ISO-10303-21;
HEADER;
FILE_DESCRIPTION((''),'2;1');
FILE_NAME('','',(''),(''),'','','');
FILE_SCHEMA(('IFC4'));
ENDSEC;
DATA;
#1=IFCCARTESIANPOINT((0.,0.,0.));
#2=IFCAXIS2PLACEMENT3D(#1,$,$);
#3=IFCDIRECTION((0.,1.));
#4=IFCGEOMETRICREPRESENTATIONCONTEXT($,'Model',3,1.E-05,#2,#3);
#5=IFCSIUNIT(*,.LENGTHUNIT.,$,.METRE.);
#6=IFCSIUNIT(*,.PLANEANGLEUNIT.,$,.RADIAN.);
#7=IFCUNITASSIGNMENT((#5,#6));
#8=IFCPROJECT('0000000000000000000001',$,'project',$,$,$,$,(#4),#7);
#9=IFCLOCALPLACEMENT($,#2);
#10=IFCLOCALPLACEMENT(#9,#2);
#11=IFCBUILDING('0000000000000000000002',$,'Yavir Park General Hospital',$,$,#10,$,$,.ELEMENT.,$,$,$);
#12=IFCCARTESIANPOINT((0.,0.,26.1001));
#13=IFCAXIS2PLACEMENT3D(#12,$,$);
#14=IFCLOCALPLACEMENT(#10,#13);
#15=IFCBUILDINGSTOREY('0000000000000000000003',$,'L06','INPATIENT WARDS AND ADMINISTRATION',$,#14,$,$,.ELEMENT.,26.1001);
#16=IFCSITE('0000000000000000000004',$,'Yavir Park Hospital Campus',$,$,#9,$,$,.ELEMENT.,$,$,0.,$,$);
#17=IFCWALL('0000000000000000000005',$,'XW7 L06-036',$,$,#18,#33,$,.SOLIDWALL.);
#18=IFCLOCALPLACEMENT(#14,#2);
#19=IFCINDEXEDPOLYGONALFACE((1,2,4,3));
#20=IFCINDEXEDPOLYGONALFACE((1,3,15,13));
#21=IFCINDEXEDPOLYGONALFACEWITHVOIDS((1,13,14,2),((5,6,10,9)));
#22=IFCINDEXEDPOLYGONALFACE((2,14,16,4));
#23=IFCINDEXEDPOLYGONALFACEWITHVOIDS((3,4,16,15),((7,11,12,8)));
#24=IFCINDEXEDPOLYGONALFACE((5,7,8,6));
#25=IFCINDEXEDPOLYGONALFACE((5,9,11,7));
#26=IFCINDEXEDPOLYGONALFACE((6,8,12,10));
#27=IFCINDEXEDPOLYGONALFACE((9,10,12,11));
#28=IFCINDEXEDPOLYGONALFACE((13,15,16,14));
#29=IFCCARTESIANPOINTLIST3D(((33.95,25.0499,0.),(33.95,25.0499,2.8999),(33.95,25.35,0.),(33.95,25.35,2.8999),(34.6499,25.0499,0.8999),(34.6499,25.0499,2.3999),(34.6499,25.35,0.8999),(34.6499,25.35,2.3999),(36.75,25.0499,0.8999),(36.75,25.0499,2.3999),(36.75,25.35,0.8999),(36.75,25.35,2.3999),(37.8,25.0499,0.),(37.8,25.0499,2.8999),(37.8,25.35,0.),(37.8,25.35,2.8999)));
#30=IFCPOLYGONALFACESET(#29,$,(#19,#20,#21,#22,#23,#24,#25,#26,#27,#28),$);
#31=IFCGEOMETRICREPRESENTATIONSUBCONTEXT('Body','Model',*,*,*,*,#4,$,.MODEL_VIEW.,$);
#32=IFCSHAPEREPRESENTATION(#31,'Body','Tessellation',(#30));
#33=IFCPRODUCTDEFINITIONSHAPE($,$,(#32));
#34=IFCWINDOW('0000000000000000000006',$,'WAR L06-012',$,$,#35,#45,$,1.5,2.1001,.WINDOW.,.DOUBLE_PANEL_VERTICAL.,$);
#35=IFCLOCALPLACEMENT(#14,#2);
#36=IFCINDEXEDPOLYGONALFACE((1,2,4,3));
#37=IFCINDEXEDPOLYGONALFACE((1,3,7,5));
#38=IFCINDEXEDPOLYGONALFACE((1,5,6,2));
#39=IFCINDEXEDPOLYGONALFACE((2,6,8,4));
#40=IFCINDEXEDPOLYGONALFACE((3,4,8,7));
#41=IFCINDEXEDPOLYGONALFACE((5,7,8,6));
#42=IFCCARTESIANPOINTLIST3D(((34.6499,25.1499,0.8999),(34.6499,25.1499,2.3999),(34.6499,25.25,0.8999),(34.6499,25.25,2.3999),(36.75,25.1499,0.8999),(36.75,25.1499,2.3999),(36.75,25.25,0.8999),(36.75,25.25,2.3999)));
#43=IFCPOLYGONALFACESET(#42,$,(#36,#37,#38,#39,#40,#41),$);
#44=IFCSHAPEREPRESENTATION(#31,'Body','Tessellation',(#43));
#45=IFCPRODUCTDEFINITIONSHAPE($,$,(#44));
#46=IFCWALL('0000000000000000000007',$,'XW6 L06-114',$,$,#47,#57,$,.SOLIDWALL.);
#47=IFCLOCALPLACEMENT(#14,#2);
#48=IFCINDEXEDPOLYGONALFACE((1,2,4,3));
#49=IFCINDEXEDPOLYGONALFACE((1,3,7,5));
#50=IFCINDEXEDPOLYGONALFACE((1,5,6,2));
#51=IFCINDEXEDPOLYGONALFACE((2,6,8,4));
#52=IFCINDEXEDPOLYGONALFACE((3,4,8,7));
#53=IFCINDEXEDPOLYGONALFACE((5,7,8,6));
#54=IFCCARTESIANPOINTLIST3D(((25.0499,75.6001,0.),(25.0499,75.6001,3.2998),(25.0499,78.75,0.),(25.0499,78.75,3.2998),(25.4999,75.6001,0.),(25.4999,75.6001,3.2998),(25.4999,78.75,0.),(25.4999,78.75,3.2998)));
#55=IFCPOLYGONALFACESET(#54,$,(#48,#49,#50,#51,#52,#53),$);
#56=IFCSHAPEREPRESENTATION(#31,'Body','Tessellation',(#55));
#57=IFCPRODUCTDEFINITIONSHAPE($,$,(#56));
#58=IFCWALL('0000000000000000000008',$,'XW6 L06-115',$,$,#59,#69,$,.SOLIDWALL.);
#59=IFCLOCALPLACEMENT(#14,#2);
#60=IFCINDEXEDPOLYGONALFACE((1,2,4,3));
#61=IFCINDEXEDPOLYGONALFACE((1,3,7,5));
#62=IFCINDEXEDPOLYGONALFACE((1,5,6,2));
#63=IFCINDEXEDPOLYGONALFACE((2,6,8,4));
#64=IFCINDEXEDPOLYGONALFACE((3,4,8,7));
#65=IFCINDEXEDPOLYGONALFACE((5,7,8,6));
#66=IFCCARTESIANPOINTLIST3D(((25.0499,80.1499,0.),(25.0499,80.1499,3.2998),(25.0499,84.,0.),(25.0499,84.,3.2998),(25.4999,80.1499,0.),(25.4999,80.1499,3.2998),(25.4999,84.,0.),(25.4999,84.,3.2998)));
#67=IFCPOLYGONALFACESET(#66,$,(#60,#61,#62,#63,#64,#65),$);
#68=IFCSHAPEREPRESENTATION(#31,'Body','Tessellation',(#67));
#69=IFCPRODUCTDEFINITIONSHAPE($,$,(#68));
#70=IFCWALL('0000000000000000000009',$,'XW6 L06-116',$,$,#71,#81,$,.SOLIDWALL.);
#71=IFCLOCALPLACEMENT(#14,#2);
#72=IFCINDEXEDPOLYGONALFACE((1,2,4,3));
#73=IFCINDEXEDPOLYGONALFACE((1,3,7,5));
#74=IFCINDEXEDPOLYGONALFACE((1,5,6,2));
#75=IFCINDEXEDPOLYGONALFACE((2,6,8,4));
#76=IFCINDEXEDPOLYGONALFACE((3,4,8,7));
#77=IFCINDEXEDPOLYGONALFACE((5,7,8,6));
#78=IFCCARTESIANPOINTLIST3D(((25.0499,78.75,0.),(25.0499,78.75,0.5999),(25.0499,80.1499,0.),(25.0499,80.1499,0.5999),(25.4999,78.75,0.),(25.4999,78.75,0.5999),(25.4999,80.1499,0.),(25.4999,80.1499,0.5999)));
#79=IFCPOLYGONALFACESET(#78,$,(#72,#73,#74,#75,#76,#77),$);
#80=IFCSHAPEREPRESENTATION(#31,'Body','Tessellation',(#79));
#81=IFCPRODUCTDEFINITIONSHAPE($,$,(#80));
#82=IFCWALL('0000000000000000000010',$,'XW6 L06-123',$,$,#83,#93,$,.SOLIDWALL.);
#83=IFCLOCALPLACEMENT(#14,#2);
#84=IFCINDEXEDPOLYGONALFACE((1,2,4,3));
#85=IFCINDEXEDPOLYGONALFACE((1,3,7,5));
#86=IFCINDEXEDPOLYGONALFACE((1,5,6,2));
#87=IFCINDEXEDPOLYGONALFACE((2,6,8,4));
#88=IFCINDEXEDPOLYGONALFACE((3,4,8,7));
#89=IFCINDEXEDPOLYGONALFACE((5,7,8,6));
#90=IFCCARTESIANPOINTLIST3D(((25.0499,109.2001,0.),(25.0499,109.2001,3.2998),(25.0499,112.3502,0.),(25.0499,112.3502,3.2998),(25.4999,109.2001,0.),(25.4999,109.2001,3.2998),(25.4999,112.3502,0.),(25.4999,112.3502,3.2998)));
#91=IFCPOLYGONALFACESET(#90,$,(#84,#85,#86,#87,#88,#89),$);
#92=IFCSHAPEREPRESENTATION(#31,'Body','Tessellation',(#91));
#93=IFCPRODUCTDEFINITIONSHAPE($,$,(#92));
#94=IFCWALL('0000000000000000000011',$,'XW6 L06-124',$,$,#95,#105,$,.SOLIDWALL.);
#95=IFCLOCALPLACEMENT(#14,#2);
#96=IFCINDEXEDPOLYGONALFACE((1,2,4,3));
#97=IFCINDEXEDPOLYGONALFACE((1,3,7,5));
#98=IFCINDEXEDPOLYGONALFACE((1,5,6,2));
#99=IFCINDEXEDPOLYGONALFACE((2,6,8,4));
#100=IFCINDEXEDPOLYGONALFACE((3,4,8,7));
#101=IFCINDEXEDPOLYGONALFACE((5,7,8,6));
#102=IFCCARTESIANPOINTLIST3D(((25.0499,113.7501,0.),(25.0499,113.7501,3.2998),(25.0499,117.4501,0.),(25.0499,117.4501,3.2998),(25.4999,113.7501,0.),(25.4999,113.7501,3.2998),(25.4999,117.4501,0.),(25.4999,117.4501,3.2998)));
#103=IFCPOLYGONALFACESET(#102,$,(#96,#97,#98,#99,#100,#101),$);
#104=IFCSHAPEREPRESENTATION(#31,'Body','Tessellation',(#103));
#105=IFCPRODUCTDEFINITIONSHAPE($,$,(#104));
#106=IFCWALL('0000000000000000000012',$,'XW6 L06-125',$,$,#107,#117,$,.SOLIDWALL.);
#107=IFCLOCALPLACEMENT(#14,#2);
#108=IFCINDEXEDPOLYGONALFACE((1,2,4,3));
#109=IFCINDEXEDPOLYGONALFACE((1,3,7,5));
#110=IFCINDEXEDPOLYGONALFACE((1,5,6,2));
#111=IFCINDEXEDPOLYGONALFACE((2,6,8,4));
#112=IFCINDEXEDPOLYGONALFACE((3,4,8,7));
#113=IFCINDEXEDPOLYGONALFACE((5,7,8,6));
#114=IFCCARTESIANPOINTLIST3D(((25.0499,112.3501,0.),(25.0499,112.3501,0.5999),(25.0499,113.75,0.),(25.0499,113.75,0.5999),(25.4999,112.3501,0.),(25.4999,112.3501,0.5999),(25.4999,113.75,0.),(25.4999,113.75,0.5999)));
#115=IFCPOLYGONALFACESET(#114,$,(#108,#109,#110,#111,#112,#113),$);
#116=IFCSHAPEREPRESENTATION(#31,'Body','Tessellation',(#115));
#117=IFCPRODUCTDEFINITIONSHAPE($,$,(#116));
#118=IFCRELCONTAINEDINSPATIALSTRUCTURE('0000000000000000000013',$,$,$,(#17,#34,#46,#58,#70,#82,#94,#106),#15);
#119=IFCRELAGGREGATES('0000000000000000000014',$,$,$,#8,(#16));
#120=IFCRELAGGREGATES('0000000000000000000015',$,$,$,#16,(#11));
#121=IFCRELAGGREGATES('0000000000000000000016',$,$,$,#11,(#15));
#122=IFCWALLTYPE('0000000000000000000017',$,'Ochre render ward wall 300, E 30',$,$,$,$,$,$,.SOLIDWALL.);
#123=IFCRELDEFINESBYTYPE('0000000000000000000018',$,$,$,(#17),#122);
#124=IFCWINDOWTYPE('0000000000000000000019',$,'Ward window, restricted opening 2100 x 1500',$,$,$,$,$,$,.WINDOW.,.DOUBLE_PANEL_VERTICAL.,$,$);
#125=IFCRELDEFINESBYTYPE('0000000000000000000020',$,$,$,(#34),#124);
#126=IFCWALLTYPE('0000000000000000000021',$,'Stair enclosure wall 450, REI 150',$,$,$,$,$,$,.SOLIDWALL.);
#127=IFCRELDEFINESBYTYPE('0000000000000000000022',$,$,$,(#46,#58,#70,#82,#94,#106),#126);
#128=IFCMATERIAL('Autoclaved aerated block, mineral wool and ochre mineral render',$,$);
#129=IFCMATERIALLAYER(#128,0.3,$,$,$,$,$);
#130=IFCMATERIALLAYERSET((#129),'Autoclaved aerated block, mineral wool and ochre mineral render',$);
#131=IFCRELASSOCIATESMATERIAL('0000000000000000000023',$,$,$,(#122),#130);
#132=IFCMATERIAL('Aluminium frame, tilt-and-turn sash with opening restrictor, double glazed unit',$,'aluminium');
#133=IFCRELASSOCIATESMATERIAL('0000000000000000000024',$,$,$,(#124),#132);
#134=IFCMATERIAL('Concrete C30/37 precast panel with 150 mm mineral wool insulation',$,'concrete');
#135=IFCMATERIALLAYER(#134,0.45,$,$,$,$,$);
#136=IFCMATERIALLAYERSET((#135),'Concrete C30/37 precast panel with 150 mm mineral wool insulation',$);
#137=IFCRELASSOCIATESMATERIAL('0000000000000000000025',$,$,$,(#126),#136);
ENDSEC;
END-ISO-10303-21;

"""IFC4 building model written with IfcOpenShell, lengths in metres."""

from ifc_helpers import new_model, si_unit, direction, frame, frame_2d, origin, place, context, subcontext, project, spatial, rectangle, extrude, material, layer, layer_set, type_object, element, fill, save


model = new_model("IFC4")

# Units and contexts
model_context = context("Model", 3, precision=1e-05, world=origin(), true_north=direction((0.0, 1.0)))
body_context = subcontext(model_context, "Body", "Model", "MODEL_VIEW")
ifc_project = project(units=[si_unit("LENGTHUNIT", "METRE"), si_unit("PLANEANGLEUNIT", "RADIAN")], contexts=[model_context])

# Site, building, storey
site_placement = place(None, origin())
site = spatial("IfcSite", under=ifc_project, at=site_placement, Name="Yavir Park Hospital Campus", CompositionType="ELEMENT", RefElevation=0.0)
building_placement = place(site_placement, origin())
building = spatial("IfcBuilding", under=site, at=building_placement, Name="Yavir Park General Hospital", CompositionType="ELEMENT")
storey_placement = place(building_placement, frame((0.0, 0.0, 26.1001)))
storey = spatial("IfcBuildingStorey", under=building, at=storey_placement, Name="L06", Description="INPATIENT WARDS AND ADMINISTRATION", CompositionType="ELEMENT", Elevation=26.1001)

# Shared definitions
ifc_material_1 = material(Name="Autoclaved aerated block, mineral wool and ochre mineral render")
ifc_layer_1 = layer(ifc_material_1, 0.3)
ifc_layer_set_1 = layer_set([ifc_layer_1], Name="Autoclaved aerated block, mineral wool and ochre mineral render")
wall_type_1 = type_object("IfcWallType", Name="Ochre render ward wall 300, E 30", PredefinedType="SOLIDWALL", material=ifc_layer_set_1)

# Wall, opening, window
wall_1_placement = place(storey_placement, frame((33.95, 25.2, 0.0), z_axis=(0.0, 0.0, 1.0), x_axis=(1.0, 0.0, 0.0)))
wall_1 = element("IfcWall", 1, at=wall_1_placement, inside=storey, type_object=wall_type_1, Name="XW7 L06-036", PredefinedType="SOLIDWALL", context=body_context, shape_type="SweptSolid", body=[
    extrude(rectangle(XDim=3.8501, YDim=0.3, at=frame_2d((1.925, 0.0))), origin(), (0.0, 0.0, 1.0), 2.8999),
])
opening_placement = place(wall_1_placement, frame((0.7, 0.0, 0.8999)))
opening = element("IfcOpeningElement", 2, at=opening_placement, cuts=wall_1, PredefinedType="OPENING", context=body_context, shape_type="SweptSolid", body=[
    extrude(rectangle(XDim=2.1001, YDim=1.5, at=frame_2d((1.05, 0.75))), frame((0.0, 0.1599, 0.0), z_axis=(0.0, -1.0, 0.0), x_axis=(1.0, 0.0, 0.0)), (0.0, 0.0, 1.0), 0.3201),
])
ifc_material_2 = material(Name="Aluminium frame, tilt-and-turn sash with opening restrictor, double glazed unit", Category="aluminium")
window_type = type_object("IfcWindowType", Name="Ward window, restricted opening 2100 x 1500", PartitioningType="DOUBLE_PANEL_VERTICAL", PredefinedType="WINDOW", material=ifc_material_2)
window_placement = place(opening_placement, origin())
window = element("IfcWindow", 3, at=window_placement, inside=storey, type_object=window_type, Name="WAR L06-012", OverallHeight=1.5, OverallWidth=2.1001, PartitioningType="DOUBLE_PANEL_VERTICAL", PredefinedType="WINDOW", context=body_context, shape_type="SweptSolid", body=[
    extrude(rectangle(XDim=2.1001, YDim=1.5, at=frame_2d((1.05, 0.75))), frame((0.0, 0.05, 0.0), z_axis=(0.0, -1.0, 0.0), x_axis=(1.0, 0.0, 0.0)), (0.0, 0.0, 1.0), 0.1001),
])
fill(opening, window)

# Walls
ifc_material_3 = material(Name="Concrete C30/37 precast panel with 150 mm mineral wool insulation", Category="concrete")
ifc_layer_2 = layer(ifc_material_3, 0.45)
ifc_layer_set_2 = layer_set([ifc_layer_2], Name="Concrete C30/37 precast panel with 150 mm mineral wool insulation")
wall_type_2 = type_object("IfcWallType", Name="Stair enclosure wall 450, REI 150", PredefinedType="SOLIDWALL", material=ifc_layer_set_2)
wall_2_placement = place(storey_placement, frame((25.2749, 75.6001, 0.0), z_axis=(0.0, 0.0, 1.0), x_axis=(0.0, 1.0, 0.0)))
element("IfcWall", 4, at=wall_2_placement, inside=storey, type_object=wall_type_2, Name="XW6 L06-114", PredefinedType="SOLIDWALL", context=body_context, shape_type="SweptSolid", body=[
    extrude(rectangle(XDim=3.1499, YDim=0.45, at=frame_2d((1.575, 0.0))), origin(), (0.0, 0.0, 1.0), 3.2998),
])
wall_3_placement = place(storey_placement, frame((25.2749, 80.1499, 0.0), z_axis=(0.0, 0.0, 1.0), x_axis=(0.0, 1.0, 0.0)))
element("IfcWall", 5, at=wall_3_placement, inside=storey, type_object=wall_type_2, Name="XW6 L06-115", PredefinedType="SOLIDWALL", context=body_context, shape_type="SweptSolid", body=[
    extrude(rectangle(XDim=3.8501, YDim=0.45, at=frame_2d((1.925, 0.0))), origin(), (0.0, 0.0, 1.0), 3.2998),
])
wall_4_placement = place(storey_placement, frame((25.2749, 78.75, 0.0), z_axis=(0.0, 0.0, 1.0), x_axis=(0.0, 1.0, 0.0)))
element("IfcWall", 6, at=wall_4_placement, inside=storey, type_object=wall_type_2, Name="XW6 L06-116", PredefinedType="SOLIDWALL", context=body_context, shape_type="SweptSolid", body=[
    extrude(rectangle(XDim=1.3999, YDim=0.45, at=frame_2d((0.7, 0.0))), origin(), (0.0, 0.0, 1.0), 0.5999),
])
wall_5_placement = place(storey_placement, frame((25.2749, 109.2, 0.0), z_axis=(0.0, 0.0, 1.0), x_axis=(0.0, 1.0, 0.0)))
element("IfcWall", 7, at=wall_5_placement, inside=storey, type_object=wall_type_2, Name="XW6 L06-123", PredefinedType="SOLIDWALL", context=body_context, shape_type="SweptSolid", body=[
    extrude(rectangle(XDim=3.1501, YDim=0.45, at=frame_2d((1.5752, 0.0))), origin(), (0.0, 0.0, 1.0), 3.2998),
])
wall_6_placement = place(storey_placement, frame((25.2749, 113.75, 0.0), z_axis=(0.0, 0.0, 1.0), x_axis=(0.0, 1.0, 0.0)))
element("IfcWall", 8, at=wall_6_placement, inside=storey, type_object=wall_type_2, Name="XW6 L06-124", PredefinedType="SOLIDWALL", context=body_context, shape_type="SweptSolid", body=[
    extrude(rectangle(XDim=3.7, YDim=0.45, at=frame_2d((1.8501, 0.0))), origin(), (0.0, 0.0, 1.0), 3.2998),
])
wall_7_placement = place(storey_placement, frame((25.2749, 112.3501, 0.0), z_axis=(0.0, 0.0, 1.0), x_axis=(0.0, 1.0, 0.0)))
element("IfcWall", 9, at=wall_7_placement, inside=storey, type_object=wall_type_2, Name="XW6 L06-125", PredefinedType="SOLIDWALL", context=body_context, shape_type="SweptSolid", body=[
    extrude(rectangle(XDim=1.3999, YDim=0.45, at=frame_2d((0.7, 0.0))), origin(), (0.0, 0.0, 1.0), 0.5999),
])

save(model, "model.ifc")
